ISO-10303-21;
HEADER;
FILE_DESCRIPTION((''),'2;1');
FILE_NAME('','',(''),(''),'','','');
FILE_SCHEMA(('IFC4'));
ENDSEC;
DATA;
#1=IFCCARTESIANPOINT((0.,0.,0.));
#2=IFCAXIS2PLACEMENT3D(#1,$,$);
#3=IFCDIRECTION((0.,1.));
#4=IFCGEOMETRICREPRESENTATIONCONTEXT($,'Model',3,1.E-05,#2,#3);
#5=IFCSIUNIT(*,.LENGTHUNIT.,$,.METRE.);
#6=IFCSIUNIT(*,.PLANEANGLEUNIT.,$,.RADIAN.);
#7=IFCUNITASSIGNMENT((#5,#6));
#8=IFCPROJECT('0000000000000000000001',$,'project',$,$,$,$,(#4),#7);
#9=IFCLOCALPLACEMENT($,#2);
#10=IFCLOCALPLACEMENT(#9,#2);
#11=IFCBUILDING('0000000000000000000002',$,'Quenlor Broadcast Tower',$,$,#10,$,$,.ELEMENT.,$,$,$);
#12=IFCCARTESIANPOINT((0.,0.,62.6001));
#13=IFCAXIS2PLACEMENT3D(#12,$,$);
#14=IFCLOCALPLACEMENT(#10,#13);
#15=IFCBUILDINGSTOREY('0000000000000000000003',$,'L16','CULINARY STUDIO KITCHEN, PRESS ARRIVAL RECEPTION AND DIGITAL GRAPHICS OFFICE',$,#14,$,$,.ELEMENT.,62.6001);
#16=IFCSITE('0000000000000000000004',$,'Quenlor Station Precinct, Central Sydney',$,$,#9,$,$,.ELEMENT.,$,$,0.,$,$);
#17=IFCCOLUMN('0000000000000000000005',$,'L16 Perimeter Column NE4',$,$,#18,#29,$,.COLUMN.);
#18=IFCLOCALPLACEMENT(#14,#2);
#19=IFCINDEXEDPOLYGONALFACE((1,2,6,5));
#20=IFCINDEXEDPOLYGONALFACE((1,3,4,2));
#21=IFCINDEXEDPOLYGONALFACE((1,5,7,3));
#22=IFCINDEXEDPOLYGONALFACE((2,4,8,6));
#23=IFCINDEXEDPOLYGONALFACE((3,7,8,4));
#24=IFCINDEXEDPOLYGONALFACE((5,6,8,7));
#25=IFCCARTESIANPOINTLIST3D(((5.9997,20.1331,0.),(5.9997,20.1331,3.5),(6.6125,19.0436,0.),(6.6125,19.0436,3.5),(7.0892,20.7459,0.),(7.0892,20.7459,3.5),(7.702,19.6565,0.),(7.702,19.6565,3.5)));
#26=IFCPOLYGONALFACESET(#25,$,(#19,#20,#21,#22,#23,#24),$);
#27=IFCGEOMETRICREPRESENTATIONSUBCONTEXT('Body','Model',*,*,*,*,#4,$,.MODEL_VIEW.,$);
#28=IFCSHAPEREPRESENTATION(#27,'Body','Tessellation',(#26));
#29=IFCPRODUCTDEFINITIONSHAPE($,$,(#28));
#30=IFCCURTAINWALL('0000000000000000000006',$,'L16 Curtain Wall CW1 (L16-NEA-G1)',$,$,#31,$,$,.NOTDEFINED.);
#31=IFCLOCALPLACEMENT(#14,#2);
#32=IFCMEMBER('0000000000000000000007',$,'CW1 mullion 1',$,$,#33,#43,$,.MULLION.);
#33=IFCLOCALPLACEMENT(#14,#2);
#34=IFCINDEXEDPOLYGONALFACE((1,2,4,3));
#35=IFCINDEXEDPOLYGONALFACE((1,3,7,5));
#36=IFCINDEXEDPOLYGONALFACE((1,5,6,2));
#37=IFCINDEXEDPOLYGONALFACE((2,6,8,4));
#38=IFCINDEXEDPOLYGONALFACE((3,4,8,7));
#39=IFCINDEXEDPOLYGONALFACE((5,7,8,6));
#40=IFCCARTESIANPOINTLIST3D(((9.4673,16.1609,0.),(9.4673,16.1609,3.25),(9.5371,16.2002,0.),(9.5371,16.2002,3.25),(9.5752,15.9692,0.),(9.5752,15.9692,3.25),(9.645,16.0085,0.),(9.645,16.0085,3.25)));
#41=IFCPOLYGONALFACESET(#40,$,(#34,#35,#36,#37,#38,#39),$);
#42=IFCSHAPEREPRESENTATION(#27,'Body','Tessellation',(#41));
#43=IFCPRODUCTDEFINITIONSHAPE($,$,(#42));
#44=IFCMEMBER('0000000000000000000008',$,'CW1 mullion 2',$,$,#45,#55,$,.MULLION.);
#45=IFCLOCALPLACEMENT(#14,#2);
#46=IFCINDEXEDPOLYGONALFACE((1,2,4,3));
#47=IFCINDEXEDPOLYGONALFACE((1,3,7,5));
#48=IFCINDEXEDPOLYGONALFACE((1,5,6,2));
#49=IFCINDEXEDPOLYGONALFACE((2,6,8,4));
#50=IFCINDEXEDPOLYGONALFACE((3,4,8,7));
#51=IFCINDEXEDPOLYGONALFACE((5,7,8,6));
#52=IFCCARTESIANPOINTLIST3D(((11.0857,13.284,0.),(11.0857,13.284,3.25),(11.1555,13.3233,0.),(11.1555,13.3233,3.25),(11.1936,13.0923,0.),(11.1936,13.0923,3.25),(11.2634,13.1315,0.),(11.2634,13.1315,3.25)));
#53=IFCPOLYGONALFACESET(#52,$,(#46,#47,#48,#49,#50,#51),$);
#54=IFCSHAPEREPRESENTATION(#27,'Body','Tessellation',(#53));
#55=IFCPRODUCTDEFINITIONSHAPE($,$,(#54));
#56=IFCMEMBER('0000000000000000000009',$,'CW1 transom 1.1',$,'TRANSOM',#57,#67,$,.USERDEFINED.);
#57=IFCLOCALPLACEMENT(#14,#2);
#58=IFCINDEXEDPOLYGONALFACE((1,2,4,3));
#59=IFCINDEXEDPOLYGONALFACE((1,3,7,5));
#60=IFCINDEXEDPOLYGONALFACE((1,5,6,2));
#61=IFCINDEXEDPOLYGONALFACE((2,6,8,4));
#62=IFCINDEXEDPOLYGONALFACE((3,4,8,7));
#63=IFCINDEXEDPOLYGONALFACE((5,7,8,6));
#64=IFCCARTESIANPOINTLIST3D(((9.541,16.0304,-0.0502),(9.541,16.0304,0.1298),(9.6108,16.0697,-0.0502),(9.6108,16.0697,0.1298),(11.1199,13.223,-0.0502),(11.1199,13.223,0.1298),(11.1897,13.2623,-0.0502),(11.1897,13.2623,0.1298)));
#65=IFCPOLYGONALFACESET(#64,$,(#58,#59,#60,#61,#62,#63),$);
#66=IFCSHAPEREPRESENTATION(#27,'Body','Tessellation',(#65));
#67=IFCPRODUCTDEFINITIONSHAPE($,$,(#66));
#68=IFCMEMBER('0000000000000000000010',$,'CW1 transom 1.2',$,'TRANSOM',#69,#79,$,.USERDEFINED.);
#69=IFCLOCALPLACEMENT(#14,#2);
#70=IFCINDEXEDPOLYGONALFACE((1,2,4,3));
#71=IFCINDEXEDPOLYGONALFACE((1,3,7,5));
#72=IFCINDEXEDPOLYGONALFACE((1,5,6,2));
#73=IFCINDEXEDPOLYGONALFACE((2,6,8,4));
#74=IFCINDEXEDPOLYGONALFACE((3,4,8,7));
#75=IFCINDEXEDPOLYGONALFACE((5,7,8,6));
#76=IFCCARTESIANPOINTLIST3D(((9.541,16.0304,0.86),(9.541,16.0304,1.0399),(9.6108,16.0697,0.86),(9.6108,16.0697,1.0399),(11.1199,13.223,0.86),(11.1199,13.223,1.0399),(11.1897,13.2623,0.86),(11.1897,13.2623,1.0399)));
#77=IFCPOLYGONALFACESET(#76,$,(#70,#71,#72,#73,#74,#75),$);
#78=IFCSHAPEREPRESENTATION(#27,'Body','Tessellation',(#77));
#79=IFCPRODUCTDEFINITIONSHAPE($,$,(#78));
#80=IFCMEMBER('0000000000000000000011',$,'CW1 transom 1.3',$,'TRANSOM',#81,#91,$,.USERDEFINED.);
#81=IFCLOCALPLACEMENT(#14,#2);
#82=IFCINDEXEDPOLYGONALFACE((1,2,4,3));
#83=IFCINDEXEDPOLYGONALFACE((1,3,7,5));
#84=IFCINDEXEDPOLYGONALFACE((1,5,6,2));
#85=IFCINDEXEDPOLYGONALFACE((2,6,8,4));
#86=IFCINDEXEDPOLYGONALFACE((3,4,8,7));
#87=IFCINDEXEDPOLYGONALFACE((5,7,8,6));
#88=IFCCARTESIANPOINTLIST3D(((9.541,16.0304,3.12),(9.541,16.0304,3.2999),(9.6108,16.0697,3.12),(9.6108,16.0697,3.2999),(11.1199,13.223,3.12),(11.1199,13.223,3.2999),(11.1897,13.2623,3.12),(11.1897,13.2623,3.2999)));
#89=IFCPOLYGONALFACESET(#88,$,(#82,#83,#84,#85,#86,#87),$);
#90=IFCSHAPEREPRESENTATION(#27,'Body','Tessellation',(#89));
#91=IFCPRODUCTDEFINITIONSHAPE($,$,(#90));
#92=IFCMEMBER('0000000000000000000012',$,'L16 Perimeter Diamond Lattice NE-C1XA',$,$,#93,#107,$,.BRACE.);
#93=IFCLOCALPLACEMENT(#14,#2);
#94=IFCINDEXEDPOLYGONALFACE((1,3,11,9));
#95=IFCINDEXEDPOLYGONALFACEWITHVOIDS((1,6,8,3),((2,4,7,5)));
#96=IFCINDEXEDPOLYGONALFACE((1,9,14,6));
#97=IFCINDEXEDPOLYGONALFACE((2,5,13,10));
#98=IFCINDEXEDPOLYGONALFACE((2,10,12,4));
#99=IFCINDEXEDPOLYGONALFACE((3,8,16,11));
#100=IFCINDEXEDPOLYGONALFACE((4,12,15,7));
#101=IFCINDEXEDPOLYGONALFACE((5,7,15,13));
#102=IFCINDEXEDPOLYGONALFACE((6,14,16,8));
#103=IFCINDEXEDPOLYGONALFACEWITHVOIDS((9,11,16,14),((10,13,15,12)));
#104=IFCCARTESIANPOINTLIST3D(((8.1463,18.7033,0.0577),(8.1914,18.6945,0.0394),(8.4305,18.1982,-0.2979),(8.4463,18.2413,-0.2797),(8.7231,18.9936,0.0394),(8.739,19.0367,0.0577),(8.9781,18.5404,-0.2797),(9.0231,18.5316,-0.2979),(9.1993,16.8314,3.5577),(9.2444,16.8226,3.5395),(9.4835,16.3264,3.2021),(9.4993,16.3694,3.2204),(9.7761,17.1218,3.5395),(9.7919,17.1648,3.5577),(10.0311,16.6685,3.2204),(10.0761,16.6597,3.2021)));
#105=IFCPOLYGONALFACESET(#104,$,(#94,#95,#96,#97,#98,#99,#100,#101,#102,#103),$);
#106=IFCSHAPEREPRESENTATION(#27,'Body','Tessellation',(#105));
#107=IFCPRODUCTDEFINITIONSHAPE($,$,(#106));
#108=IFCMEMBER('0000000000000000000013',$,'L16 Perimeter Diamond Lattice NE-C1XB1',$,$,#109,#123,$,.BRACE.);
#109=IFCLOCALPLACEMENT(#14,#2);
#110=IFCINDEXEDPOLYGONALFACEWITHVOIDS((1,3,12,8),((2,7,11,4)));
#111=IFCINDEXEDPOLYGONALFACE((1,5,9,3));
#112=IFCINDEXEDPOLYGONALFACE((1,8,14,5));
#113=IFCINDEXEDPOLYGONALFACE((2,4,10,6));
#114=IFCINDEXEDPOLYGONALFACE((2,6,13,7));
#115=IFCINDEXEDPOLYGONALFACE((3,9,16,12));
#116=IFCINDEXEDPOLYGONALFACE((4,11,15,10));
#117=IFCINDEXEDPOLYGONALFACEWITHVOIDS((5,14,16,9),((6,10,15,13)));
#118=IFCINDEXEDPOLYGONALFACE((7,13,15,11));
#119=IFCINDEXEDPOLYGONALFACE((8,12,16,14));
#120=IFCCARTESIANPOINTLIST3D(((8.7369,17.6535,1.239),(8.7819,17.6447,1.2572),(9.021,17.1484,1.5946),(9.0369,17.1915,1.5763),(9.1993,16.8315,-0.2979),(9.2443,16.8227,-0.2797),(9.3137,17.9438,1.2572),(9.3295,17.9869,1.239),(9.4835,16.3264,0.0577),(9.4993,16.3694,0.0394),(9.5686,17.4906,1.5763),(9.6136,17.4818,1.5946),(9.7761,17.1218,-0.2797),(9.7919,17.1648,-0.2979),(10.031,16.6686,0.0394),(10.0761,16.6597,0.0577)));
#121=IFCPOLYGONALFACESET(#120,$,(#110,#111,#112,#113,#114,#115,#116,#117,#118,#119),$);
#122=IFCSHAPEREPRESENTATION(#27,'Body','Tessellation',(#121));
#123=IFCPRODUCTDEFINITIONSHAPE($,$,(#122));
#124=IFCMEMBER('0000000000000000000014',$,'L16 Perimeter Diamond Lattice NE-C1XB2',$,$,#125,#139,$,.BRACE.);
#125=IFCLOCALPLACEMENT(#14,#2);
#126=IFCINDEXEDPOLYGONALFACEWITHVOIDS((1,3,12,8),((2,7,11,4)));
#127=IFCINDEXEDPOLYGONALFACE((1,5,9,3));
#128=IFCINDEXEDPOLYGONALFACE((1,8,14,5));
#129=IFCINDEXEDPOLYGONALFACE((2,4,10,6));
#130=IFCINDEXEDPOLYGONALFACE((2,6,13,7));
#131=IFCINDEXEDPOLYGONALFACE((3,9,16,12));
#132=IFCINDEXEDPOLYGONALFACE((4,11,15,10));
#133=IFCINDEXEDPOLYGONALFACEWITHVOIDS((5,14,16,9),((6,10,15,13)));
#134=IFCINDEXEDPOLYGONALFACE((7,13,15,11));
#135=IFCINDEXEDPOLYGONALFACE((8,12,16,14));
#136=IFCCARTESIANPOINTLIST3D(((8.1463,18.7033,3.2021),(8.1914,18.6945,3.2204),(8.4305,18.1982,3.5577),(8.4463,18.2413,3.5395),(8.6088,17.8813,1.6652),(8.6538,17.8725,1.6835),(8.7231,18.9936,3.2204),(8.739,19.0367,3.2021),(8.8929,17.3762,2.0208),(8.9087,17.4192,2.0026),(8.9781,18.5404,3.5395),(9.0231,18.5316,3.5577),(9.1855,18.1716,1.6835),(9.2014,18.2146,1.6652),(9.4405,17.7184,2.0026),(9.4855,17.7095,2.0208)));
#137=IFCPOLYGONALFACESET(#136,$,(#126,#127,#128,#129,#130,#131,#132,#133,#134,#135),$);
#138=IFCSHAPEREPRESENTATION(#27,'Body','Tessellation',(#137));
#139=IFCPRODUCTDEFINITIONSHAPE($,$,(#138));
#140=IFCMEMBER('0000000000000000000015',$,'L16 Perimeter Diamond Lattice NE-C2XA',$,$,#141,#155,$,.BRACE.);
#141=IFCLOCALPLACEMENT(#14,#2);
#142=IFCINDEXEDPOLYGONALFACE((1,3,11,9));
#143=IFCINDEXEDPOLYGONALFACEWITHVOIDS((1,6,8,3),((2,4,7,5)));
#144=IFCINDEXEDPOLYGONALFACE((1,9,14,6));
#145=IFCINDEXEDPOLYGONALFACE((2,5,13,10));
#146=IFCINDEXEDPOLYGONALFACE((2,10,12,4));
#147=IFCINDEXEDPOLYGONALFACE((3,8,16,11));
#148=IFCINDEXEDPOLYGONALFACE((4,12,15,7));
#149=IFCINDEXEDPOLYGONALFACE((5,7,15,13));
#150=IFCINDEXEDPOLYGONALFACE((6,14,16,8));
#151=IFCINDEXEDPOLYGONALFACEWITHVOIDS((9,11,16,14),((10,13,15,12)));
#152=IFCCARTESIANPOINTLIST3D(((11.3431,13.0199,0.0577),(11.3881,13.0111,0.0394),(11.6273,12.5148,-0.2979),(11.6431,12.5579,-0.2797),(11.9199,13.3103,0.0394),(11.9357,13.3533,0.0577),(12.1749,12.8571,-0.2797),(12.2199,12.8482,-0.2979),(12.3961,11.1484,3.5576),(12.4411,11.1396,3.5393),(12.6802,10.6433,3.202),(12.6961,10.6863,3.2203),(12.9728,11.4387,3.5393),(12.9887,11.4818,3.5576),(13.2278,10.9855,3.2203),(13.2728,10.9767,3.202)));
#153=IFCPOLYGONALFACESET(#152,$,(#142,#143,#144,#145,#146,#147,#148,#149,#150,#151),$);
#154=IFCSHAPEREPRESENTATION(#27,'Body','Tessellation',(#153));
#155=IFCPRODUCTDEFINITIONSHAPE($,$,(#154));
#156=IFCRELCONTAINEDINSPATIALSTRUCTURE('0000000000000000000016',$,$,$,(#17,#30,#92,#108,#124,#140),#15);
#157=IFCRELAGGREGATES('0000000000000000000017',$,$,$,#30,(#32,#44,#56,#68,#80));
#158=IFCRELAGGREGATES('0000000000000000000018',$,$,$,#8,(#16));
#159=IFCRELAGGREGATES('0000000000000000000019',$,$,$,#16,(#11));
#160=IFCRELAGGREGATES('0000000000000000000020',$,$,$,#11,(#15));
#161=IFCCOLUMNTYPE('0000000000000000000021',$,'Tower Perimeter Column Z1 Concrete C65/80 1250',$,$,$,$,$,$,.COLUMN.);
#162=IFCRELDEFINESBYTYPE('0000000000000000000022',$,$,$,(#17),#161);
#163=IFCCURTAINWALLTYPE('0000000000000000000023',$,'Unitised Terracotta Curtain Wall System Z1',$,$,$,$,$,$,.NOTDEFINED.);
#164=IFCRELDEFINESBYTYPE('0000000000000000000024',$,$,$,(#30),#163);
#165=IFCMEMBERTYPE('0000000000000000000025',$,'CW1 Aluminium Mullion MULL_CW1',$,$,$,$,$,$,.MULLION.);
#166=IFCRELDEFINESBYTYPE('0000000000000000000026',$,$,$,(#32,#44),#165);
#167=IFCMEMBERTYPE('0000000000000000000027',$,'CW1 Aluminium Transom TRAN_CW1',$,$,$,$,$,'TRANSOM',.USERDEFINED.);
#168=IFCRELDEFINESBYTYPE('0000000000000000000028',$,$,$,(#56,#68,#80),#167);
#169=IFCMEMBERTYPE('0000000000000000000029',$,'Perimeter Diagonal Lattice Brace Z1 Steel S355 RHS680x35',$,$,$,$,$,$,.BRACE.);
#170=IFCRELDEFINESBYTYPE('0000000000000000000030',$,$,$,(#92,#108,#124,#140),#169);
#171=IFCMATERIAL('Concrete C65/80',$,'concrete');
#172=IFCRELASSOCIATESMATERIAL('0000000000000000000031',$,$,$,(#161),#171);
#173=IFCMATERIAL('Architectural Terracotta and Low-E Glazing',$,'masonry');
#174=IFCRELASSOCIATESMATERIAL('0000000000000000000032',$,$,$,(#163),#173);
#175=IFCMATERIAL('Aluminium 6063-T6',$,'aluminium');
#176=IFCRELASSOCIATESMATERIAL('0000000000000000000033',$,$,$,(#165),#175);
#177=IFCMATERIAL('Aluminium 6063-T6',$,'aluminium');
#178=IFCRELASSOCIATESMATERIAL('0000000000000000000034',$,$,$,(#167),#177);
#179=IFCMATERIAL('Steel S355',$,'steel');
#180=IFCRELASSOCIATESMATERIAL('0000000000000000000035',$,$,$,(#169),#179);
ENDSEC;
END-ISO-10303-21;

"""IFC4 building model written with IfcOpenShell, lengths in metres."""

from ifc_helpers import new_model, si_unit, direction, frame, origin, origin_2d, place, context, subcontext, project, spatial, rectangle, hollow_rectangle, extrude, material, material_profile, profile_set, type_object, element, aggregate, save


model = new_model("IFC4")

# Units and contexts
model_context = context("Model", 3, precision=1e-05, world=origin(), true_north=direction((0.0, 1.0)))
body_context = subcontext(model_context, "Body", "Model", "MODEL_VIEW")
ifc_project = project(units=[si_unit("LENGTHUNIT", "METRE"), si_unit("PLANEANGLEUNIT", "RADIAN")], contexts=[model_context])

# Site, building, storey
site_placement = place(None, origin())
site = spatial("IfcSite", under=ifc_project, at=site_placement, Name="Quenlor Station Precinct, Central Sydney", CompositionType="ELEMENT", RefElevation=0.0)
building_placement = place(site_placement, origin())
building = spatial("IfcBuilding", under=site, at=building_placement, Name="Quenlor Broadcast Tower", CompositionType="ELEMENT")
storey_placement = place(building_placement, frame((0.0, 0.0, 62.6001)))
storey = spatial("IfcBuildingStorey", under=building, at=storey_placement, Name="L16", Description="CULINARY STUDIO KITCHEN, PRESS ARRIVAL RECEPTION AND DIGITAL GRAPHICS OFFICE", CompositionType="ELEMENT", Elevation=62.6001)

# Column
ifc_material_1 = material(Name="Concrete C65/80", Category="concrete")
ifc_material_profile_1 = material_profile(ifc_material_1, rectangle(XDim=1.25, YDim=1.25, at=origin_2d()))
ifc_profile_set_1 = profile_set([ifc_material_profile_1], Name="Concrete C65/80 RC1250x1250")
column_type = type_object("IfcColumnType", Name="Tower Perimeter Column Z1 Concrete C65/80 1250", PredefinedType="COLUMN", material=ifc_profile_set_1)
column_placement = place(storey_placement, frame((6.8508, 19.8948, 0.0), z_axis=(0.0, 0.0, 1.0), x_axis=(0.871575, 0.490262, 0.0)))
element("IfcColumn", 1, at=column_placement, inside=storey, type_object=column_type, Name="L16 Perimeter Column NE4", PredefinedType="COLUMN", context=body_context, shape_type="SweptSolid", body=[
    extrude(rectangle(XDim=1.25, YDim=1.25, at=origin_2d()), origin(), (0.0, 0.0, 1.0), 3.5),
])

# Curtain wall, members
ifc_material_2 = material(Name="Architectural Terracotta and Low-E Glazing", Category="masonry")
curtain_wall_type = type_object("IfcCurtainWallType", Name="Unitised Terracotta Curtain Wall System Z1", PredefinedType="NOTDEFINED", material=ifc_material_2)
curtain_wall_placement = place(storey_placement, origin())
curtain_wall = element("IfcCurtainWall", 2, at=curtain_wall_placement, inside=storey, type_object=curtain_wall_type, Name="L16 Curtain Wall CW1 (L16-NEA-G1)", PredefinedType="NOTDEFINED")
ifc_material_3 = material(Name="Aluminium 6063-T6", Category="aluminium")
ifc_material_profile_2 = material_profile(ifc_material_3, rectangle(XDim=0.0801, YDim=0.22, at=origin_2d()))
ifc_profile_set_2 = profile_set([ifc_material_profile_2], Name="Aluminium 6063-T6 MULL80x220")
member_type_1 = type_object("IfcMemberType", Name="CW1 Aluminium Mullion MULL_CW1", PredefinedType="MULLION", material=ifc_profile_set_2)
member_1_placement = place(storey_placement, frame((9.5562, 16.0847, 0.0), z_axis=(0.0, 0.0, 1.0), x_axis=(0.871585, 0.490244, 0.0)))
member_1 = element("IfcMember", 3, at=member_1_placement, type_object=member_type_1, Name="CW1 mullion 1", PredefinedType="MULLION", context=body_context, shape_type="SweptSolid", body=[
    extrude(rectangle(XDim=0.0801, YDim=0.22, at=origin_2d()), origin(), (0.0, 0.0, 1.0), 3.25),
])
member_2_placement = place(storey_placement, frame((11.1746, 13.2078, 0.0), z_axis=(0.0, 0.0, 1.0), x_axis=(0.871585, 0.490244, 0.0)))
member_2 = element("IfcMember", 4, at=member_2_placement, type_object=member_type_1, Name="CW1 mullion 2", PredefinedType="MULLION", context=body_context, shape_type="SweptSolid", body=[
    extrude(rectangle(XDim=0.0801, YDim=0.22, at=origin_2d()), origin(), (0.0, 0.0, 1.0), 3.25),
])
ifc_material_4 = material(Name="Aluminium 6063-T6", Category="aluminium")
ifc_material_profile_3 = material_profile(ifc_material_4, rectangle(XDim=0.0801, YDim=0.1799, at=origin_2d()))
ifc_profile_set_3 = profile_set([ifc_material_profile_3], Name="Aluminium 6063-T6 TRAN80x180")
member_type_2 = type_object("IfcMemberType", Name="CW1 Aluminium Transom TRAN_CW1", ElementType="TRANSOM", PredefinedType="USERDEFINED", material=ifc_profile_set_3)
member_3_placement = place(storey_placement, frame((9.5759, 16.05, 0.0398), z_axis=(0.490193, -0.871614, 0.0), x_axis=(0.871614, 0.490193, 0.0)))
member_3 = element("IfcMember", 5, at=member_3_placement, type_object=member_type_2, Name="CW1 transom 1.1", ObjectType="TRANSOM", PredefinedType="USERDEFINED", context=body_context, shape_type="SweptSolid", body=[
    extrude(rectangle(XDim=0.0801, YDim=0.1799, at=origin_2d()), origin(), (0.0, 0.0, 1.0), 3.2209),
])
member_4_placement = place(storey_placement, frame((9.5759, 16.05, 0.95), z_axis=(0.490193, -0.871614, 0.0), x_axis=(0.871614, 0.490193, 0.0)))
member_4 = element("IfcMember", 6, at=member_4_placement, type_object=member_type_2, Name="CW1 transom 1.2", ObjectType="TRANSOM", PredefinedType="USERDEFINED", context=body_context, shape_type="SweptSolid", body=[
    extrude(rectangle(XDim=0.0801, YDim=0.1799, at=origin_2d()), origin(), (0.0, 0.0, 1.0), 3.2209),
])
member_5_placement = place(storey_placement, frame((9.5759, 16.05, 3.21), z_axis=(0.490193, -0.871614, 0.0), x_axis=(0.871614, 0.490193, 0.0)))
member_5 = element("IfcMember", 7, at=member_5_placement, type_object=member_type_2, Name="CW1 transom 1.3", ObjectType="TRANSOM", PredefinedType="USERDEFINED", context=body_context, shape_type="SweptSolid", body=[
    extrude(rectangle(XDim=0.0801, YDim=0.1799, at=origin_2d()), origin(), (0.0, 0.0, 1.0), 3.2209),
])

# Members
ifc_material_5 = material(Name="Steel S355", Category="steel")
ifc_material_profile_4 = material_profile(ifc_material_5, hollow_rectangle(XDim=0.6799, YDim=0.6799, WallThickness=0.0349, at=origin_2d()))
ifc_profile_set_4 = profile_set([ifc_material_profile_4], Name="Steel S355 RHS680x680x35")
member_type_3 = type_object("IfcMemberType", Name="Perimeter Diagonal Lattice Brace Z1 Steel S355 RHS680x35", PredefinedType="BRACE", material=ifc_profile_set_4)
member_6_placement = place(storey_placement, frame((8.5847, 18.6174, -0.1201), z_axis=(0.256424, -0.455832, 0.852329), x_axis=(0.87156, 0.490288, 0.0)))
element("IfcMember", 8, at=member_6_placement, inside=storey, type_object=member_type_3, Name="L16 Perimeter Diamond Lattice NE-C1XA", PredefinedType="BRACE", context=body_context, shape_type="SweptSolid", body=[
    extrude(hollow_rectangle(XDim=0.6799, YDim=0.6799, WallThickness=0.0349, at=origin_2d()), origin(), (0.0, 0.0, 1.0), 4.1064),
])
for number, where, z_axis, x_axis, name in (
    (9, (9.6377, 16.7456, -0.1201), (-0.256436, 0.455871, 0.852304), (-0.871569, -0.490274, 0.0), "L16 Perimeter Diamond Lattice NE-C1XB1"),
    (10, (9.0471, 17.7954, 1.843), (-0.256436, 0.455871, 0.852304), (-0.871569, -0.490274, 0.0), "L16 Perimeter Diamond Lattice NE-C1XB2"),
):
    element("IfcMember", number, at=place(storey_placement, frame(where, z_axis=z_axis, x_axis=x_axis)), inside=storey, type_object=member_type_3, Name=name, PredefinedType="BRACE", context=body_context, shape_type="SweptSolid", body=[
        extrude(hollow_rectangle(XDim=0.6799, YDim=0.6799, WallThickness=0.0349, at=origin_2d()), origin(), (0.0, 0.0, 1.0), 1.8032),
    ])
member_7_placement = place(storey_placement, frame((11.7815, 12.9341, -0.1201), z_axis=(0.256431, -0.455785, 0.852352), x_axis=(0.871533, 0.490337, 0.0)))
element("IfcMember", 11, at=member_7_placement, inside=storey, type_object=member_type_3, Name="L16 Perimeter Diamond Lattice NE-C2XA", PredefinedType="BRACE", context=body_context, shape_type="SweptSolid", body=[
    extrude(hollow_rectangle(XDim=0.6799, YDim=0.6799, WallThickness=0.0349, at=origin_2d()), origin(), (0.0, 0.0, 1.0), 4.1062),
])

aggregate(curtain_wall, [member_1, member_2, member_3, member_4, member_5])

save(model, "model.ifc")
